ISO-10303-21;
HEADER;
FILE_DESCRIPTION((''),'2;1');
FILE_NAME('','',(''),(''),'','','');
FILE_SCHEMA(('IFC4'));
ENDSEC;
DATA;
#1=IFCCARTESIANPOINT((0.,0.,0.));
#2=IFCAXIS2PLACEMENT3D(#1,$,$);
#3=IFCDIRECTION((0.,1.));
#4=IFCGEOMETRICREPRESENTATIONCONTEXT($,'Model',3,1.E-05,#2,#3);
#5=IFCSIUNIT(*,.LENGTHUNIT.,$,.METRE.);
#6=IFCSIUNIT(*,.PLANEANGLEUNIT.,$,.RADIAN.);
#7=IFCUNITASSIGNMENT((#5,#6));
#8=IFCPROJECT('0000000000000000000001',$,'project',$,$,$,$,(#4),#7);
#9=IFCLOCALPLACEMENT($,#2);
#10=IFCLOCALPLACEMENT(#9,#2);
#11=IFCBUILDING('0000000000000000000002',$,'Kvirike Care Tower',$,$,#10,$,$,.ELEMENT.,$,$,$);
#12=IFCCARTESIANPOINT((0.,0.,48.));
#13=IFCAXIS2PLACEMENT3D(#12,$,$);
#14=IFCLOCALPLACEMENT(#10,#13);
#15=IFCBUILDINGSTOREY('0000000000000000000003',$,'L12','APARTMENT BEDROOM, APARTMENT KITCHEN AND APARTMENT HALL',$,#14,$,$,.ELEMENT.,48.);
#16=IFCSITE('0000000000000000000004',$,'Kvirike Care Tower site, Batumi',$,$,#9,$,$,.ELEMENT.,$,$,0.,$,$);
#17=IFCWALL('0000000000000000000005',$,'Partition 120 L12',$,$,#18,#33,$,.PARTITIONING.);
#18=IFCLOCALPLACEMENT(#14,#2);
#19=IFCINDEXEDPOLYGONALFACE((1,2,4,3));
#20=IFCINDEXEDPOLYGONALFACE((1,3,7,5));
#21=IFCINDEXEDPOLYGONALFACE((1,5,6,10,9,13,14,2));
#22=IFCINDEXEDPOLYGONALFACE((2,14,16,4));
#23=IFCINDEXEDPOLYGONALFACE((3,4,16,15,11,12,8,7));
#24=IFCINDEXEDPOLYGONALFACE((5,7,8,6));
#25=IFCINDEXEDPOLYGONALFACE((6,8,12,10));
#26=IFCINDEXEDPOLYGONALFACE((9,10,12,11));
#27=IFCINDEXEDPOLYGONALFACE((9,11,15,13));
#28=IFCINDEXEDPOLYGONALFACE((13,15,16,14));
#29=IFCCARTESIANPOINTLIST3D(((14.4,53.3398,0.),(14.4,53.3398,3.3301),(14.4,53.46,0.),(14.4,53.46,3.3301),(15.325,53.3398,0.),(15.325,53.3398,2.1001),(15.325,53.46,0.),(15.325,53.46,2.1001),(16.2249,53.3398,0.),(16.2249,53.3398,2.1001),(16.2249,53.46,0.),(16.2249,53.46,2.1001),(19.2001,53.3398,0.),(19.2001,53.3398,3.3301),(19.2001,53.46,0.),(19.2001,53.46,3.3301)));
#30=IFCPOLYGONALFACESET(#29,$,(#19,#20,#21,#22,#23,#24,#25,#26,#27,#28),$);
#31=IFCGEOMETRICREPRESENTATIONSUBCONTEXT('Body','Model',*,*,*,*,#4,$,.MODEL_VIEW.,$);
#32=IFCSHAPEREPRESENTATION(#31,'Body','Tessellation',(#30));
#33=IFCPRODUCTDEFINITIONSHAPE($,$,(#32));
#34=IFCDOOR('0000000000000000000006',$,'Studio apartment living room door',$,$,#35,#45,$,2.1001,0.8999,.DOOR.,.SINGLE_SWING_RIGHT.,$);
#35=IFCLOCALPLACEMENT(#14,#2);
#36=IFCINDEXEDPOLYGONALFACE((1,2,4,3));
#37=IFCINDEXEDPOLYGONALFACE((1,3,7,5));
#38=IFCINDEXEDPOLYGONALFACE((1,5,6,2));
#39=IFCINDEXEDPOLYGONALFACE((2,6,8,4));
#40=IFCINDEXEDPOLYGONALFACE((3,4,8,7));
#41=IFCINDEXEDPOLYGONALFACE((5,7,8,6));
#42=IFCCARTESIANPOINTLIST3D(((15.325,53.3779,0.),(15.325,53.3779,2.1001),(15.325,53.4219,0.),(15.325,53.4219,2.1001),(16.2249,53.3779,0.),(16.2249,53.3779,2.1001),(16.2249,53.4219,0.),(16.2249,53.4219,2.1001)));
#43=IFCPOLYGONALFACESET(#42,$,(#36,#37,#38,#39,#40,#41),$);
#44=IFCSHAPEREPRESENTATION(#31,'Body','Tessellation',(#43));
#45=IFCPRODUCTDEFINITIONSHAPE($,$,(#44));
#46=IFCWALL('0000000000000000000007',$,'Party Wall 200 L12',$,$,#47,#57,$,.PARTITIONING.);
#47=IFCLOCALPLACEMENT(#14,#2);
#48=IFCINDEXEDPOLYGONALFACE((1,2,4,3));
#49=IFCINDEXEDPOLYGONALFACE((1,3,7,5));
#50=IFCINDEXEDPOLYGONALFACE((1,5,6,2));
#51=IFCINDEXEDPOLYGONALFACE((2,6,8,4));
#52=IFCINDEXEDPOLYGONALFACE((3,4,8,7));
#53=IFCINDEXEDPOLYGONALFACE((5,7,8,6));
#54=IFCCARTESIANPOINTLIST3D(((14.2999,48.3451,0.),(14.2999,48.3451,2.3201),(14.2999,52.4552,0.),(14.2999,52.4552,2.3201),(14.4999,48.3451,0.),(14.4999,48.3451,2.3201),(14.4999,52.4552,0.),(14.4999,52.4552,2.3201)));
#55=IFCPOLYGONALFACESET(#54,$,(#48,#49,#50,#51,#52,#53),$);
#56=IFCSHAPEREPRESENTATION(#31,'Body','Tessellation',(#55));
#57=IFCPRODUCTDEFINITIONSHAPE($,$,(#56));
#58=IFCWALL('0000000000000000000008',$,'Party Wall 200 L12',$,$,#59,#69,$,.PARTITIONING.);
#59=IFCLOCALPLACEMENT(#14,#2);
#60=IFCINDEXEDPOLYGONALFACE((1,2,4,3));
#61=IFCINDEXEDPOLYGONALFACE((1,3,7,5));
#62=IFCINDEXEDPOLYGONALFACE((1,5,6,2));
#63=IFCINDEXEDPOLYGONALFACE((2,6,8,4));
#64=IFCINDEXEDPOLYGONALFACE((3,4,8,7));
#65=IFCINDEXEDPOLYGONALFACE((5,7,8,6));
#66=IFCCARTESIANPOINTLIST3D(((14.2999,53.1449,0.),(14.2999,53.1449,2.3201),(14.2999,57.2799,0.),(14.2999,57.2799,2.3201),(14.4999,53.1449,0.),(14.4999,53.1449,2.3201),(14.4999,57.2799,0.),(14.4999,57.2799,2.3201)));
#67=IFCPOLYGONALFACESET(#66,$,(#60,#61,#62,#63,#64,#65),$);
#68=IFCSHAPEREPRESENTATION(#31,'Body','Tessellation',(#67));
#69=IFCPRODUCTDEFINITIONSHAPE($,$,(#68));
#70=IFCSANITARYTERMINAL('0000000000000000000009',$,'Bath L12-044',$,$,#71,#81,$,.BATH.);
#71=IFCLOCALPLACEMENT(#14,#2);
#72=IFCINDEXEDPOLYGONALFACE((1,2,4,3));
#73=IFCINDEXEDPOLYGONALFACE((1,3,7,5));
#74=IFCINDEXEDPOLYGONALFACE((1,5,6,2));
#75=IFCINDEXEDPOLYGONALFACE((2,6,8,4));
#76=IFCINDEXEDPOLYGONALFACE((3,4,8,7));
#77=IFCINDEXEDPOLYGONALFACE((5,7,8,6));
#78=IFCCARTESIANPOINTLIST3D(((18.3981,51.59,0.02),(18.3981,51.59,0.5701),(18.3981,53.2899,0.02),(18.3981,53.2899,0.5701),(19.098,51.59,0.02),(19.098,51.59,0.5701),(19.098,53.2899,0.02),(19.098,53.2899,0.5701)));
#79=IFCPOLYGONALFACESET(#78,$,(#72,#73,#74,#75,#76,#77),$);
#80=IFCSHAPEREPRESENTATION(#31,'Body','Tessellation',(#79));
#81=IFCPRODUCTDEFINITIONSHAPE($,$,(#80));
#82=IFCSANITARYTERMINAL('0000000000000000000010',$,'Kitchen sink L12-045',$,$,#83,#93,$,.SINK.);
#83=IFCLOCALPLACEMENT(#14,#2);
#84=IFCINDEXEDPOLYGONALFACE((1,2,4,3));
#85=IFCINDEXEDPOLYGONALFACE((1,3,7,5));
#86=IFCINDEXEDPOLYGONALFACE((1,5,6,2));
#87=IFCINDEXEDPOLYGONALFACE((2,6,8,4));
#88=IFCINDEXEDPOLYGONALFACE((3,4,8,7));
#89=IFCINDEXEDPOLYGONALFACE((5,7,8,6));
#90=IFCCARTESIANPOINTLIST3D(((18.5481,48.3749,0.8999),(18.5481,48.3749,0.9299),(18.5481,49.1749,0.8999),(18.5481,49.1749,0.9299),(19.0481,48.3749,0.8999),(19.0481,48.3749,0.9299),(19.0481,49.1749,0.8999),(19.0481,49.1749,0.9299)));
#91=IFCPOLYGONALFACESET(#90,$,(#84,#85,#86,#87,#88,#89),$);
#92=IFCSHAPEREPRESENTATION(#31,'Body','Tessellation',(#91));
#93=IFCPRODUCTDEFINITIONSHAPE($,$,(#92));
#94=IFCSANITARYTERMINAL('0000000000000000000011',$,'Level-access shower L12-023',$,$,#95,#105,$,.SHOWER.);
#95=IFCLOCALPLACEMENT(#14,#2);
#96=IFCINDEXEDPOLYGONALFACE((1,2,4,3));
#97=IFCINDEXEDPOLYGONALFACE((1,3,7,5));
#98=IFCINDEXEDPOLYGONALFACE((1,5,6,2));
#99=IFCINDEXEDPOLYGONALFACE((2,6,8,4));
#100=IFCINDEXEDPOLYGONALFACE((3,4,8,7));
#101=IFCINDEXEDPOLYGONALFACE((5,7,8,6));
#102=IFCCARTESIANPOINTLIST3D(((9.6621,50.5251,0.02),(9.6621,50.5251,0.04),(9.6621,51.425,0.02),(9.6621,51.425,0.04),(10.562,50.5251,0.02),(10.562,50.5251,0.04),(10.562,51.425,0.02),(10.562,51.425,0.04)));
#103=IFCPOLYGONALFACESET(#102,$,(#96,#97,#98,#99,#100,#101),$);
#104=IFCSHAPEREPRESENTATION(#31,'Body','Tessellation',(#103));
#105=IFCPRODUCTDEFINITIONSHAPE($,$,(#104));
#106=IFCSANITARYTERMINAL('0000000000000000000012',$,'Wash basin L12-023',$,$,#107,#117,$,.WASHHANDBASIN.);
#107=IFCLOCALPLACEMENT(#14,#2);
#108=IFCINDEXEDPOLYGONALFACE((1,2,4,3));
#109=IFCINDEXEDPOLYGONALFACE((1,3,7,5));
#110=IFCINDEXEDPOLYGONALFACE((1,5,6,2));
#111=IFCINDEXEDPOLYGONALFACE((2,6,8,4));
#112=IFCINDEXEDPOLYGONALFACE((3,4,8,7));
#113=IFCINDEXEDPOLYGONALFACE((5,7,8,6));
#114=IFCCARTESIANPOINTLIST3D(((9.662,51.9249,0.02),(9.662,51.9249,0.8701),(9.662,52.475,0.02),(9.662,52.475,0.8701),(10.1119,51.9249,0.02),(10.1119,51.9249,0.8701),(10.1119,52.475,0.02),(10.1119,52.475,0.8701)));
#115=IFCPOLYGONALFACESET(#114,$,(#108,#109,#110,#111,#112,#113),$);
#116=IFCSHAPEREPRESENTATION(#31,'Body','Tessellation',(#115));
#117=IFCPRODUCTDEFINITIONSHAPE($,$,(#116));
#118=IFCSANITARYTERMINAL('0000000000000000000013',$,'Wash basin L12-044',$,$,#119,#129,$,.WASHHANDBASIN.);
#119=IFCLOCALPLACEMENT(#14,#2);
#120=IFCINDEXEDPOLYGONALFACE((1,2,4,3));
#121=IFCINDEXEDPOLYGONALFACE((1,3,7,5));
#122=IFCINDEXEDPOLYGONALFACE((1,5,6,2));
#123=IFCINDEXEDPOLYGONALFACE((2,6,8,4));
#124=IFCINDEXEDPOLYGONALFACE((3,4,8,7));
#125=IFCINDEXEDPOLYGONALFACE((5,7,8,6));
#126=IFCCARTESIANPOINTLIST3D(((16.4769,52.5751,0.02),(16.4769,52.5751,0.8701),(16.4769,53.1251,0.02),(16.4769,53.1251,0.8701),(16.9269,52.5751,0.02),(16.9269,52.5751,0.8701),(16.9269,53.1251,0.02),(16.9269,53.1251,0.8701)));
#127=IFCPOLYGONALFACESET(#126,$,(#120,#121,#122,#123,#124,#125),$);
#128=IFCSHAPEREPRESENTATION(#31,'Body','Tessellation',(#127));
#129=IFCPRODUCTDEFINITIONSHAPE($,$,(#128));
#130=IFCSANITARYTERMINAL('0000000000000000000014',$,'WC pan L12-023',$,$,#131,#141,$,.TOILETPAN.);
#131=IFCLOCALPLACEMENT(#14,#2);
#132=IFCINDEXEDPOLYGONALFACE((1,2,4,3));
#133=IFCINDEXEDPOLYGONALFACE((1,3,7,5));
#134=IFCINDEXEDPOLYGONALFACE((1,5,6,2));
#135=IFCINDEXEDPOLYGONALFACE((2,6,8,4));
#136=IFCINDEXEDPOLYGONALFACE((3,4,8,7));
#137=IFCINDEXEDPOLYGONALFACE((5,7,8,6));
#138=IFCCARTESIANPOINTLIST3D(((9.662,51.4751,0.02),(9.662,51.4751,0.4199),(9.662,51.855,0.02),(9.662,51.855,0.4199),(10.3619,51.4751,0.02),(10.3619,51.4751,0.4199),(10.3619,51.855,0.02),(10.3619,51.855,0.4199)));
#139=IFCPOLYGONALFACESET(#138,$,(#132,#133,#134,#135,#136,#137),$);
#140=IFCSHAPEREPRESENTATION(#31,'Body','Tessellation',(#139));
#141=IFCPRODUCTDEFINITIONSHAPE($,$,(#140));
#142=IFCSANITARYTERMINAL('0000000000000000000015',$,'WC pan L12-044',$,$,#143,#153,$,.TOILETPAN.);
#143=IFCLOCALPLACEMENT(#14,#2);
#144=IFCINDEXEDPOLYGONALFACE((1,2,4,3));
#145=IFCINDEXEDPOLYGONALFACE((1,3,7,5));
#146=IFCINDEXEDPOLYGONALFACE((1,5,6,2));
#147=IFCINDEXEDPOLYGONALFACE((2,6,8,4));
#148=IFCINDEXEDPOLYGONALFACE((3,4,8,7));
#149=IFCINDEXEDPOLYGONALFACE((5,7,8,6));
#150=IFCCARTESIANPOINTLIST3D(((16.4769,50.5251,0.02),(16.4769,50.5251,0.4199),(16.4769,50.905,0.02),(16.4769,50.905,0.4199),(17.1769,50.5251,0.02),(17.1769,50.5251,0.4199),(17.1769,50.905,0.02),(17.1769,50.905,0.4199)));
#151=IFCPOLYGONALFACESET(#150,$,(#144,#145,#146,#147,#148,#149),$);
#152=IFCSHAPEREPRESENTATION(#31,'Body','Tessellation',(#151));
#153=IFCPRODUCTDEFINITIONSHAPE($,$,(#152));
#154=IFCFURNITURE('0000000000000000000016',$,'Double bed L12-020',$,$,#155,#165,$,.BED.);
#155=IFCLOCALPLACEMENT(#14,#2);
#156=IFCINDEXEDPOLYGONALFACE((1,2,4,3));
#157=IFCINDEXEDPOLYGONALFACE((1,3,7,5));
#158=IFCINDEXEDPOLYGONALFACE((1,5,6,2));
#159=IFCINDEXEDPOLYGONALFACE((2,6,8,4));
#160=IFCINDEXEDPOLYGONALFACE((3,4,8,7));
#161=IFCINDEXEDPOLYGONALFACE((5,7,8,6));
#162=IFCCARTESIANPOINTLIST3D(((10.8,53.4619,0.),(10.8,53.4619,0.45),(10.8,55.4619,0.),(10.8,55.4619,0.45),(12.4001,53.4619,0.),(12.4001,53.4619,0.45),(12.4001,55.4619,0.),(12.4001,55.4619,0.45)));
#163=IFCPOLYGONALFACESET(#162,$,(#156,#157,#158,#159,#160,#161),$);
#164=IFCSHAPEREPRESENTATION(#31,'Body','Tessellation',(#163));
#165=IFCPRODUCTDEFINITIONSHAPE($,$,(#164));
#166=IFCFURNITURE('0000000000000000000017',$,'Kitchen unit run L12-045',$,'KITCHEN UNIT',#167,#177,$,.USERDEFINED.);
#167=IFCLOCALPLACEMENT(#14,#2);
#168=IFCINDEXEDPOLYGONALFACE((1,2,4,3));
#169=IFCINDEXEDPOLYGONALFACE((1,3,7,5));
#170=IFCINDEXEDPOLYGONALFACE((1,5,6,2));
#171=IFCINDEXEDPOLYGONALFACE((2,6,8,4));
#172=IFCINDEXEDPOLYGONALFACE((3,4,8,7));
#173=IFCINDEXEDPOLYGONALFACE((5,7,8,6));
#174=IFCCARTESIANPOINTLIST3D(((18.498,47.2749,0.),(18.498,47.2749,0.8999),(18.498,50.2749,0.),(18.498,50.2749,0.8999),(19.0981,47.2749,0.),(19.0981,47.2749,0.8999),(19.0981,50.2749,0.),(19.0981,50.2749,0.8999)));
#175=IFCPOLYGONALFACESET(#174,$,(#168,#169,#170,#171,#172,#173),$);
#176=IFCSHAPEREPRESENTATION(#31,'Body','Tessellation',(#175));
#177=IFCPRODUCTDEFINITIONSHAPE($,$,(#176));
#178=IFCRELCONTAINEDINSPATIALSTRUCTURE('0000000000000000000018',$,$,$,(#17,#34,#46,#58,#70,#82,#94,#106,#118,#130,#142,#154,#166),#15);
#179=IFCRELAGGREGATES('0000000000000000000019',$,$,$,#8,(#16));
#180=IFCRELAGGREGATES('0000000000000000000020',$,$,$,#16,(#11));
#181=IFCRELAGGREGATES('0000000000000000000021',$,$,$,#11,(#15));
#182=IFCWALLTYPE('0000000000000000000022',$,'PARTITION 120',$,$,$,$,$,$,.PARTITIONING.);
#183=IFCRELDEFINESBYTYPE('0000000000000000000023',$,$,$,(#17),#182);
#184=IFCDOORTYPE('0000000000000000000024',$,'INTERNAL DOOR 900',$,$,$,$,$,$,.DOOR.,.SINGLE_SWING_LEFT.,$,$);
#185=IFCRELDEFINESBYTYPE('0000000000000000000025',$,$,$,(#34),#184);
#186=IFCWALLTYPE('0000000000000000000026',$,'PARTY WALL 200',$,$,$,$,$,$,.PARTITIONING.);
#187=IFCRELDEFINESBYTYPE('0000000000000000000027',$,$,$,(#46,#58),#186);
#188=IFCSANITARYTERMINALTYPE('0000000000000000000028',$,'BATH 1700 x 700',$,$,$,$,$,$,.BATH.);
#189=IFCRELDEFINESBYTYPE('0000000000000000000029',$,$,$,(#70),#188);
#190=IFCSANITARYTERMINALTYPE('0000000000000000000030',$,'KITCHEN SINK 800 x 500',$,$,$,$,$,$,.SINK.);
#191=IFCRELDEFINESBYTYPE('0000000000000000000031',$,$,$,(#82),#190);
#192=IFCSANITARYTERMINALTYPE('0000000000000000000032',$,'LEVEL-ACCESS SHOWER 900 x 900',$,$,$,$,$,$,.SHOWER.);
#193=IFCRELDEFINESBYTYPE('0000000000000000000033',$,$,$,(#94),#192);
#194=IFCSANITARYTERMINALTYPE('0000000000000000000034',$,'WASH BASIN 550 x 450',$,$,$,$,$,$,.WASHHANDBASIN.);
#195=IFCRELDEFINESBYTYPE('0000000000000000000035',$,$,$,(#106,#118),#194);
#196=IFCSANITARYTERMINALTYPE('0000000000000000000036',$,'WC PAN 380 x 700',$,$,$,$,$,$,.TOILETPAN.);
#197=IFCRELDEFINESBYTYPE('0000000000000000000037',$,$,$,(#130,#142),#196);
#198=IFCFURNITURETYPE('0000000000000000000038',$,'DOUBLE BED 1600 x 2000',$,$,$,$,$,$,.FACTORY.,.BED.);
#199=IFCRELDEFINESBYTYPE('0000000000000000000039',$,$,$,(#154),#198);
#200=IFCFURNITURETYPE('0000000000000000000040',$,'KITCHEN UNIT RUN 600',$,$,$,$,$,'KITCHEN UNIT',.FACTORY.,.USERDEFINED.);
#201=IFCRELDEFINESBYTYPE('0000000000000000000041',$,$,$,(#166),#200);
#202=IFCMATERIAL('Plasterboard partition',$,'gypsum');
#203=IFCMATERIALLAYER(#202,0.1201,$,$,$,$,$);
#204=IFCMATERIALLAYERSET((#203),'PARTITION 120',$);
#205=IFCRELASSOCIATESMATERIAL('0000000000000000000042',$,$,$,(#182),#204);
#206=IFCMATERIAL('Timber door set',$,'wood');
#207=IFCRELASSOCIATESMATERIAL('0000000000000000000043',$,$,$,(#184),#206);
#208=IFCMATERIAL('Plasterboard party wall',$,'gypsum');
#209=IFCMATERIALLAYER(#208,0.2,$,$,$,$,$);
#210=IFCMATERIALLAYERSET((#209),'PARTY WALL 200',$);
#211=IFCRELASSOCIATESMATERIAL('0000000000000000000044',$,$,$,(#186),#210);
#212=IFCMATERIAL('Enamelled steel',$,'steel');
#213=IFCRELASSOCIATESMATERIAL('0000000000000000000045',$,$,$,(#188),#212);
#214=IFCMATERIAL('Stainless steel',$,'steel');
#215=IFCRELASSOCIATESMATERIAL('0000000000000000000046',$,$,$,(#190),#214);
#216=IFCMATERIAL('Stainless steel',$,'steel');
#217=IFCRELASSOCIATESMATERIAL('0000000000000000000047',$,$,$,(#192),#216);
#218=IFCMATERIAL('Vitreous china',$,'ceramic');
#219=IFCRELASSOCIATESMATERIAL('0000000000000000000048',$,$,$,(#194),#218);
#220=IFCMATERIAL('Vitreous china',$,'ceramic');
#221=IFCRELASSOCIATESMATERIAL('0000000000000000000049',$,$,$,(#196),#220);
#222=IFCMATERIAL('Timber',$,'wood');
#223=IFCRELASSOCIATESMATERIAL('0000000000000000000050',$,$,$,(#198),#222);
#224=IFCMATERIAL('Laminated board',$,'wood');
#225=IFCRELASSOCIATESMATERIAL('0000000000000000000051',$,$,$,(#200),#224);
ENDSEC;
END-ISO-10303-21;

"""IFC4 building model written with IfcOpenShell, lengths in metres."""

from ifc_helpers import new_model, si_unit, direction, frame, frame_2d, origin, origin_2d, place, context, subcontext, project, spatial, rectangle, extrude, material, layer, layer_set, type_object, element, fill, save


model = new_model("IFC4")

# Units and contexts
model_context = context("Model", 3, precision=1e-05, world=origin(), true_north=direction((0.0, 1.0)))
body_context = subcontext(model_context, "Body", "Model", "MODEL_VIEW")
ifc_project = project(units=[si_unit("LENGTHUNIT", "METRE"), si_unit("PLANEANGLEUNIT", "RADIAN")], contexts=[model_context])

# Site, building, storey
site_placement = place(None, origin())
site = spatial("IfcSite", under=ifc_project, at=site_placement, Name="Kvirike Care Tower site, Batumi", CompositionType="ELEMENT", RefElevation=0.0)
building_placement = place(site_placement, origin())
building = spatial("IfcBuilding", under=site, at=building_placement, Name="Kvirike Care Tower", CompositionType="ELEMENT")
storey_placement = place(building_placement, frame((0.0, 0.0, 48.0)))
storey = spatial("IfcBuildingStorey", under=building, at=storey_placement, Name="L12", Description="APARTMENT BEDROOM, APARTMENT KITCHEN AND APARTMENT HALL", CompositionType="ELEMENT", Elevation=48.0)

# Wall, opening, door
ifc_material_1 = material(Name="Plasterboard partition", Category="gypsum")
ifc_layer_1 = layer(ifc_material_1, 0.1201)
ifc_layer_set_1 = layer_set([ifc_layer_1], Name="PARTITION 120")
wall_type_1 = type_object("IfcWallType", Name="PARTITION 120", PredefinedType="PARTITIONING", material=ifc_layer_set_1)
ifc_material_2 = material(Name="Timber door set", Category="wood")
door_type_1 = type_object("IfcDoorType", Name="INTERNAL DOOR 900", OperationType="SINGLE_SWING_LEFT", PredefinedType="DOOR", material=ifc_material_2)
wall_1_placement = place(storey_placement, frame((19.2, 53.3999, 0.0), z_axis=(0.0, 0.0, 1.0), x_axis=(-1.0, 0.0, 0.0)))
wall_1 = element("IfcWall", 1, at=wall_1_placement, inside=storey, type_object=wall_type_1, Name="Partition 120 L12", PredefinedType="PARTITIONING", context=body_context, shape_type="SweptSolid", body=[
    extrude(rectangle(XDim=4.8, YDim=0.1201, at=frame_2d((2.3999, 0.0))), origin(), (0.0, 0.0, 1.0), 3.3301),
])
opening_1_placement = place(wall_1_placement, frame((2.9751, 0.0, 0.0)))
opening_1 = element("IfcOpeningElement", 2, at=opening_1_placement, cuts=wall_1, PredefinedType="OPENING", context=body_context, shape_type="SweptSolid", body=[
    extrude(rectangle(XDim=0.8999, YDim=2.1001, at=frame_2d((0.45, 1.05))), frame((0.0, 0.0706, 0.0), z_axis=(0.0, -1.0, 0.0), x_axis=(1.0, 0.0, 0.0)), (0.0, 0.0, 1.0), 0.1411),
])
door_1_placement = place(opening_1_placement, frame((0.8999, 0.0, 0.0), z_axis=(0.0, 0.0, 1.0), x_axis=(-1.0, 0.0, 0.0)))
door_1 = element("IfcDoor", 3, at=door_1_placement, inside=storey, type_object=door_type_1, Name="Studio apartment living room door", OperationType="SINGLE_SWING_RIGHT", OverallHeight=2.1001, OverallWidth=0.8999, PredefinedType="DOOR", context=body_context, shape_type="SweptSolid", body=[
    extrude(rectangle(XDim=0.8999, YDim=2.1001, at=frame_2d((0.45, 1.05))), frame((0.0, 0.022, 0.0), z_axis=(0.0, -1.0, 0.0), x_axis=(1.0, 0.0, 0.0)), (0.0, 0.0, 1.0), 0.0439),
])
fill(opening_1, door_1)

# Walls
ifc_material_3 = material(Name="Plasterboard party wall", Category="gypsum")
ifc_layer_2 = layer(ifc_material_3, 0.2)
ifc_layer_set_2 = layer_set([ifc_layer_2], Name="PARTY WALL 200")
wall_type_2 = type_object("IfcWallType", Name="PARTY WALL 200", PredefinedType="PARTITIONING", material=ifc_layer_set_2)
wall_2_placement = place(storey_placement, frame((14.3999, 48.345, 0.0), z_axis=(0.0, 0.0, 1.0), x_axis=(0.0, 1.0, 0.0)))
element("IfcWall", 4, at=wall_2_placement, inside=storey, type_object=wall_type_2, Name="Party Wall 200 L12", PredefinedType="PARTITIONING", context=body_context, shape_type="SweptSolid", body=[
    extrude(rectangle(XDim=4.1101, YDim=0.2, at=frame_2d((2.0552, 0.0))), origin(), (0.0, 0.0, 1.0), 2.3201),
])
wall_3_placement = place(storey_placement, frame((14.3999, 53.145, 0.0), z_axis=(0.0, 0.0, 1.0), x_axis=(0.0, 1.0, 0.0)))
element("IfcWall", 5, at=wall_3_placement, inside=storey, type_object=wall_type_2, Name="Party Wall 200 L12", PredefinedType="PARTITIONING", context=body_context, shape_type="SweptSolid", body=[
    extrude(rectangle(XDim=4.135, YDim=0.2, at=frame_2d((2.0674, 0.0))), origin(), (0.0, 0.0, 1.0), 2.3201),
])

# Sanitary terminals
ifc_material_4 = material(Name="Enamelled steel", Category="steel")
sanitary_terminal_type_1 = type_object("IfcSanitaryTerminalType", Name="BATH 1700 x 700", PredefinedType="BATH", material=ifc_material_4)
sanitary_terminal_1_placement = place(storey_placement, frame((18.748, 52.4399, 0.02), z_axis=(0.0, 0.0, 1.0), x_axis=(0.0, -1.0, 0.0)))
element("IfcSanitaryTerminal", 6, at=sanitary_terminal_1_placement, inside=storey, type_object=sanitary_terminal_type_1, Name="Bath L12-044", PredefinedType="BATH", context=body_context, shape_type="SweptSolid", body=[
    extrude(rectangle(XDim=1.7, YDim=0.7, at=origin_2d()), origin(), (0.0, 0.0, 1.0), 0.55),
])
ifc_material_5 = material(Name="Stainless steel", Category="steel")
sanitary_terminal_type_2 = type_object("IfcSanitaryTerminalType", Name="KITCHEN SINK 800 x 500", PredefinedType="SINK", material=ifc_material_5)
sanitary_terminal_2_placement = place(storey_placement, frame((18.7981, 48.7749, 0.8999), z_axis=(0.0, 0.0, 1.0), x_axis=(0.0, -1.0, 0.0)))
element("IfcSanitaryTerminal", 7, at=sanitary_terminal_2_placement, inside=storey, type_object=sanitary_terminal_type_2, Name="Kitchen sink L12-045", PredefinedType="SINK", context=body_context, shape_type="SweptSolid", body=[
    extrude(rectangle(XDim=0.8, YDim=0.5, at=origin_2d()), origin(), (0.0, 0.0, 1.0), 0.03),
])
ifc_material_6 = material(Name="Stainless steel", Category="steel")
sanitary_terminal_type_3 = type_object("IfcSanitaryTerminalType", Name="LEVEL-ACCESS SHOWER 900 x 900", PredefinedType="SHOWER", material=ifc_material_6)
sanitary_terminal_3_placement = place(storey_placement, frame((10.1121, 50.9751, 0.02), z_axis=(0.0, 0.0, 1.0), x_axis=(0.0, 1.0, 0.0)))
element("IfcSanitaryTerminal", 8, at=sanitary_terminal_3_placement, inside=storey, type_object=sanitary_terminal_type_3, Name="Level-access shower L12-023", PredefinedType="SHOWER", context=body_context, shape_type="SweptSolid", body=[
    extrude(rectangle(XDim=0.8999, YDim=0.8999, at=origin_2d()), origin(), (0.0, 0.0, 1.0), 0.02),
])
ifc_material_7 = material(Name="Vitreous china", Category="ceramic")
sanitary_terminal_type_4 = type_object("IfcSanitaryTerminalType", Name="WASH BASIN 550 x 450", PredefinedType="WASHHANDBASIN", material=ifc_material_7)
for number, where, z_axis, x_axis, name in (
    (9, (9.887, 52.2, 0.02), (0.0, 0.0, 1.0), (0.0, 1.0, 0.0), "Wash basin L12-023"),
    (10, (16.7019, 52.8501, 0.02), (0.0, 0.0, 1.0), (0.0, 1.0, 0.0), "Wash basin L12-044"),
):
    element("IfcSanitaryTerminal", number, at=place(storey_placement, frame(where, z_axis=z_axis, x_axis=x_axis)), inside=storey, type_object=sanitary_terminal_type_4, Name=name, PredefinedType="WASHHANDBASIN", context=body_context, shape_type="SweptSolid", body=[
        extrude(rectangle(XDim=0.55, YDim=0.45, at=origin_2d()), origin(), (0.0, 0.0, 1.0), 0.8501),
    ])
ifc_material_8 = material(Name="Vitreous china", Category="ceramic")
sanitary_terminal_type_5 = type_object("IfcSanitaryTerminalType", Name="WC PAN 380 x 700", PredefinedType="TOILETPAN", material=ifc_material_8)
for number, where, z_axis, x_axis, name in (
    (11, (10.012, 51.665, 0.02), (0.0, 0.0, 1.0), (0.0, 1.0, 0.0), "WC pan L12-023"),
    (12, (16.8269, 50.7151, 0.02), (0.0, 0.0, 1.0), (0.0, 1.0, 0.0), "WC pan L12-044"),
):
    element("IfcSanitaryTerminal", number, at=place(storey_placement, frame(where, z_axis=z_axis, x_axis=x_axis)), inside=storey, type_object=sanitary_terminal_type_5, Name=name, PredefinedType="TOILETPAN", context=body_context, shape_type="SweptSolid", body=[
        extrude(rectangle(XDim=0.3799, YDim=0.7, at=origin_2d()), origin(), (0.0, 0.0, 1.0), 0.3999),
    ])

# Furniture
ifc_material_9 = material(Name="Timber", Category="wood")
furniture_type_1 = type_object("IfcFurnitureType", Name="DOUBLE BED 1600 x 2000", AssemblyPlace="FACTORY", PredefinedType="BED", material=ifc_material_9)
furniture_1_placement = place(storey_placement, frame((11.6001, 54.4619, 0.0), z_axis=(0.0, 0.0, 1.0), x_axis=(-1.0, 0.0, 0.0)))
element("IfcFurniture", 13, at=furniture_1_placement, inside=storey, type_object=furniture_type_1, Name="Double bed L12-020", PredefinedType="BED", context=body_context, shape_type="SweptSolid", body=[
    extrude(rectangle(XDim=1.6001, YDim=2.0, at=origin_2d()), origin(), (0.0, 0.0, 1.0), 0.45),
])
ifc_material_10 = material(Name="Laminated board", Category="wood")
furniture_type_2 = type_object("IfcFurnitureType", Name="KITCHEN UNIT RUN 600", ElementType="KITCHEN UNIT", AssemblyPlace="FACTORY", PredefinedType="USERDEFINED", material=ifc_material_10)
furniture_2_placement = place(storey_placement, frame((18.7981, 48.7749, 0.0), z_axis=(0.0, 0.0, 1.0), x_axis=(0.0, -1.0, 0.0)))
element("IfcFurniture", 14, at=furniture_2_placement, inside=storey, type_object=furniture_type_2, Name="Kitchen unit run L12-045", ObjectType="KITCHEN UNIT", PredefinedType="USERDEFINED", context=body_context, shape_type="SweptSolid", body=[
    extrude(rectangle(XDim=3.0, YDim=0.6001, at=origin_2d()), origin(), (0.0, 0.0, 1.0), 0.8999),
])

save(model, "model.ifc")
